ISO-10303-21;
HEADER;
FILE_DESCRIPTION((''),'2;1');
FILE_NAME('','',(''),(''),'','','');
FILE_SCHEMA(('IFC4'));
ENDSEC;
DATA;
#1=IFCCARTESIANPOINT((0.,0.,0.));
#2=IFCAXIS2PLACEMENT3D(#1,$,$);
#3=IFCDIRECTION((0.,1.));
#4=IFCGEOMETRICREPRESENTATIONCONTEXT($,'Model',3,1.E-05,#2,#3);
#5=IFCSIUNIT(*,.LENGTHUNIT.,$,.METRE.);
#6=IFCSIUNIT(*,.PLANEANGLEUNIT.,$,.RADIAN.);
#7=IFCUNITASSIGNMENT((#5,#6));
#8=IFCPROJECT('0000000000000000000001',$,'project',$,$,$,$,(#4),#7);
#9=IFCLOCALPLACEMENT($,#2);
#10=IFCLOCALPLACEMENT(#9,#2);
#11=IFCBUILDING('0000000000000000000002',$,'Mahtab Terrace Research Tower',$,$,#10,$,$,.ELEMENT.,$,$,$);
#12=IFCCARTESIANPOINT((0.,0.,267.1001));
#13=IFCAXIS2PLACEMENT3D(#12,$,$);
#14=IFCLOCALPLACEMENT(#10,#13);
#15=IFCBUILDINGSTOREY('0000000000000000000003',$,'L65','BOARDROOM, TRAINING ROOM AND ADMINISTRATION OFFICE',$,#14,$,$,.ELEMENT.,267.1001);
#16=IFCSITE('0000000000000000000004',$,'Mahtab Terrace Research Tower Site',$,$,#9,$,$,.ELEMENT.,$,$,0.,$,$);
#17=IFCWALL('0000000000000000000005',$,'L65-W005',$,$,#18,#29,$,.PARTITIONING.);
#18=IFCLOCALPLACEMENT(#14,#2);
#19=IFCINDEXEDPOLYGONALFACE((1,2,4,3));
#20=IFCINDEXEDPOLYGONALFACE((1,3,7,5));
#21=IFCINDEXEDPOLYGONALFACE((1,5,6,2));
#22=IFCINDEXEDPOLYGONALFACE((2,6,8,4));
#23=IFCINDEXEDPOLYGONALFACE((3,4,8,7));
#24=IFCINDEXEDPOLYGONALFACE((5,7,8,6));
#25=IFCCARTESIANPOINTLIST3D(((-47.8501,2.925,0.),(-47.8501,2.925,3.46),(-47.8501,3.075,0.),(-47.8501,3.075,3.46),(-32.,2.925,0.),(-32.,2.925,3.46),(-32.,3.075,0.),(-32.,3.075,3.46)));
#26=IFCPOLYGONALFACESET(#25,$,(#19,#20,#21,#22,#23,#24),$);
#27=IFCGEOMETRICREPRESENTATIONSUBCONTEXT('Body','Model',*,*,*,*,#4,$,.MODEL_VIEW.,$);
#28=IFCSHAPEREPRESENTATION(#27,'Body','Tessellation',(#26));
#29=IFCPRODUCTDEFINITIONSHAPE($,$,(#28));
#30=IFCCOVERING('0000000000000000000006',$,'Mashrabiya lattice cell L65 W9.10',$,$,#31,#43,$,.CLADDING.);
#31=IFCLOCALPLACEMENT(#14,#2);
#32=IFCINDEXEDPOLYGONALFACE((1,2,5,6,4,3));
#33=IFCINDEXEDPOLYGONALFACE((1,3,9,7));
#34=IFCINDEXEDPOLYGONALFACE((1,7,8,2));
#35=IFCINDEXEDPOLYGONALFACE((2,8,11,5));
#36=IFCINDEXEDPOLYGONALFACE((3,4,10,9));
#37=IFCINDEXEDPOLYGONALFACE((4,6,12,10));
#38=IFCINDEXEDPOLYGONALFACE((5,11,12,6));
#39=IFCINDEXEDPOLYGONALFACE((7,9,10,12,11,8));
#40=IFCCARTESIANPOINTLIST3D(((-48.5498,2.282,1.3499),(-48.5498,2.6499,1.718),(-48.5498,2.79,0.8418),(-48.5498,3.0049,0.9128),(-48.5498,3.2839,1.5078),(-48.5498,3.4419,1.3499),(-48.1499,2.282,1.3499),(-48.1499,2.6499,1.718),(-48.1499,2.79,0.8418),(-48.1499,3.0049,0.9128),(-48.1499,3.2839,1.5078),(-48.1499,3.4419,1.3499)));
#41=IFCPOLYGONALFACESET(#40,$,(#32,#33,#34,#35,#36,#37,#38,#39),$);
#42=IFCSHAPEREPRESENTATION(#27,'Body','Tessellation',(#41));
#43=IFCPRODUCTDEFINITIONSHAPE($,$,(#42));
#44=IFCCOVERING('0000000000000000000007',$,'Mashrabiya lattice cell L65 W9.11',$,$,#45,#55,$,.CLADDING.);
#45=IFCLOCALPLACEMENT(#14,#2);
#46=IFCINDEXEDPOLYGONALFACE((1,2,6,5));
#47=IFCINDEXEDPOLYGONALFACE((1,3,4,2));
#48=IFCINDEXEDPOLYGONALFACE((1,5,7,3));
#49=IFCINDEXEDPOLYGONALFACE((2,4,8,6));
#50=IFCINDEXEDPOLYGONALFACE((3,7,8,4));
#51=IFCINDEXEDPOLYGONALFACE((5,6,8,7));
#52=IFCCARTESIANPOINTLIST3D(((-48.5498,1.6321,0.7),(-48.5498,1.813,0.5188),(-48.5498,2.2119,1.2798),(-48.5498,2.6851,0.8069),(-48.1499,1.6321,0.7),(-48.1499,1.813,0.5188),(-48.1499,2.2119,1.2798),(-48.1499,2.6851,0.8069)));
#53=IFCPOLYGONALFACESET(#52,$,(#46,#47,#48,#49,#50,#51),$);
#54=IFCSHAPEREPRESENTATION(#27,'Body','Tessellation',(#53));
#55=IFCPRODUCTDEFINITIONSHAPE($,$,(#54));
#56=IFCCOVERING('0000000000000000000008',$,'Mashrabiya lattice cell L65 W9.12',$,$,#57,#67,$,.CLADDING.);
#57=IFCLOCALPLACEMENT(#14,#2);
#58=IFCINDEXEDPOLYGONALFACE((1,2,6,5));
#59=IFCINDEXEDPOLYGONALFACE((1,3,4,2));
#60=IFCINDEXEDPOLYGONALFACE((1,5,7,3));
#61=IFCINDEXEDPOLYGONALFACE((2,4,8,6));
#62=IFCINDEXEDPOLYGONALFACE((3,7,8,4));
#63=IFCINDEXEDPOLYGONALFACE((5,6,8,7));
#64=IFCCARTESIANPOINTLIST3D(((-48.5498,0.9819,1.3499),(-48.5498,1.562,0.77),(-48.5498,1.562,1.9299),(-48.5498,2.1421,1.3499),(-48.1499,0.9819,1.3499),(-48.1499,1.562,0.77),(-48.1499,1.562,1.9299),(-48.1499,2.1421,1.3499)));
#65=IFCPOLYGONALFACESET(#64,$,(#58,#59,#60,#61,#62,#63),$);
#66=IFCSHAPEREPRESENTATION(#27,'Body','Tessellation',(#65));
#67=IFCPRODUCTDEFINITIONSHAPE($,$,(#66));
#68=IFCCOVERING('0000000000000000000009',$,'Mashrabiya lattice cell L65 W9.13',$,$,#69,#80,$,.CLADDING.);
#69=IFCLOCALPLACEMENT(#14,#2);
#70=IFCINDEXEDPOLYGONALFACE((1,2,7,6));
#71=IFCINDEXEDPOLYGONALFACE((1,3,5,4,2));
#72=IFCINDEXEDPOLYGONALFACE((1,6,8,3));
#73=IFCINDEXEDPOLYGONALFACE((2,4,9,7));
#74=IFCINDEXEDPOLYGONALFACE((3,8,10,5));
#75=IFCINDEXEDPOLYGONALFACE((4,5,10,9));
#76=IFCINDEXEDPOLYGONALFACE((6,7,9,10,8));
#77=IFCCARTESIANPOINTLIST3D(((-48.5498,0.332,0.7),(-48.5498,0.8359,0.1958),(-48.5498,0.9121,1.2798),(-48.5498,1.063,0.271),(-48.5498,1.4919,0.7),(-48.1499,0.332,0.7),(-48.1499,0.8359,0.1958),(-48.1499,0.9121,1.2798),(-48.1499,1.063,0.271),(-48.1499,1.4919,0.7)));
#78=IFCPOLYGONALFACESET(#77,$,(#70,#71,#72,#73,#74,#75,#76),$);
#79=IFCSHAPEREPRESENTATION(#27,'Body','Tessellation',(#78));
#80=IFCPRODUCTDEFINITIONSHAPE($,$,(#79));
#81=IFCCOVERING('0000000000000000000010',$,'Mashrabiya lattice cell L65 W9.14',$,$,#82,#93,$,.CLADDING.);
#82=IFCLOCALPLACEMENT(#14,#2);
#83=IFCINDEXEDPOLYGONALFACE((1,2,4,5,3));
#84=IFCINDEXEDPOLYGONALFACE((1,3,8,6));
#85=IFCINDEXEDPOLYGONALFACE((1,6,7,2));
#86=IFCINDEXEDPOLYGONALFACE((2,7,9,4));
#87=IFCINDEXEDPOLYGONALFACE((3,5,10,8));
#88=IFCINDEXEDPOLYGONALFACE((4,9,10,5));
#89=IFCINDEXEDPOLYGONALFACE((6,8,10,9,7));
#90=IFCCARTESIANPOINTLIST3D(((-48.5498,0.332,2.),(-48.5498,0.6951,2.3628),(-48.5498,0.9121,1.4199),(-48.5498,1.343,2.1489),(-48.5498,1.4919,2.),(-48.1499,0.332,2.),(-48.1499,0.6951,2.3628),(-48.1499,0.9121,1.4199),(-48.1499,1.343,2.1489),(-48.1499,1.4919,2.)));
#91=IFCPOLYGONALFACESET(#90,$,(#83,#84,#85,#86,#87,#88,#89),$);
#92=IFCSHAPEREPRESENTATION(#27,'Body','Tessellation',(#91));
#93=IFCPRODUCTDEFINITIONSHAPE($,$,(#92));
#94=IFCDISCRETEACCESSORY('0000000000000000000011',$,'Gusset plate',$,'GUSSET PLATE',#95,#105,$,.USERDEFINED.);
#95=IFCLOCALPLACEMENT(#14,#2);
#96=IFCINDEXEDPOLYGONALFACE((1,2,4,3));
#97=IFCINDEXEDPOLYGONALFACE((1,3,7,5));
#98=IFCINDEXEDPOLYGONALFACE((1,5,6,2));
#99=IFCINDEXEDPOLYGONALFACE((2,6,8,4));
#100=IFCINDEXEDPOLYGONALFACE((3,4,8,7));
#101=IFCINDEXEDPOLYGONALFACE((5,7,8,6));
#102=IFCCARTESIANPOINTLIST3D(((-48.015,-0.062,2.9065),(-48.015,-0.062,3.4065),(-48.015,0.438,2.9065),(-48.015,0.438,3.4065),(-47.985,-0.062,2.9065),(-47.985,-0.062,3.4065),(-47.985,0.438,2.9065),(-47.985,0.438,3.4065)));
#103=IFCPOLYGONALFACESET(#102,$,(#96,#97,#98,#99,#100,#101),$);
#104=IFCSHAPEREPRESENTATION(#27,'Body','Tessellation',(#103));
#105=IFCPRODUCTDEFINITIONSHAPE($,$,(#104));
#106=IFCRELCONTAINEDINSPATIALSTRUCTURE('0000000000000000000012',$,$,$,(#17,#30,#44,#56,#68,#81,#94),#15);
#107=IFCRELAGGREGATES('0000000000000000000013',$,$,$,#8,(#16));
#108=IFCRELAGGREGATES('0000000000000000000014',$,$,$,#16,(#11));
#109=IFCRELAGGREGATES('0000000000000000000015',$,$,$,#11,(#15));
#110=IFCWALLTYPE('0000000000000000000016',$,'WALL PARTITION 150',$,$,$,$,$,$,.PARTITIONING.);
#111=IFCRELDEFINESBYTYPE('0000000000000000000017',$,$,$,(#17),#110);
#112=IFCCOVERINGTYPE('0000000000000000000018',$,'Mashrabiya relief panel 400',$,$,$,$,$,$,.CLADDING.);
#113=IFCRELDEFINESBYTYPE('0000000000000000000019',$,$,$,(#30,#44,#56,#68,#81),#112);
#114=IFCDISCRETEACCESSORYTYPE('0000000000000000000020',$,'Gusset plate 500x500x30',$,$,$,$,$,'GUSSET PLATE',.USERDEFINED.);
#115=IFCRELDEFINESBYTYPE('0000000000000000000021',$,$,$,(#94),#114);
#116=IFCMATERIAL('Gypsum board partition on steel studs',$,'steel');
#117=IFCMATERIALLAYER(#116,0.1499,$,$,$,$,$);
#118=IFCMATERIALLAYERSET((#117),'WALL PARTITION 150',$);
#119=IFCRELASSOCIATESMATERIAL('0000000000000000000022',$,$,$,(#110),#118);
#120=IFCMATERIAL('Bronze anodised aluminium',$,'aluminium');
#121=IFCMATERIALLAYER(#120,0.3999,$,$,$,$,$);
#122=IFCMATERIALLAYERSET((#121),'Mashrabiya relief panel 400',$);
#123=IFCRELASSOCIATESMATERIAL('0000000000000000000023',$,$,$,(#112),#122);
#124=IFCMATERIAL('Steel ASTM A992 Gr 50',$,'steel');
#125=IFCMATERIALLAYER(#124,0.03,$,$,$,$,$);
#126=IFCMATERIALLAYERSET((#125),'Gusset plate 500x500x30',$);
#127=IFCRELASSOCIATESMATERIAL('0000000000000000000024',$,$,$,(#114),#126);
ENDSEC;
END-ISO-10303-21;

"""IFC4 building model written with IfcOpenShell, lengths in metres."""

from ifc_helpers import new_model, si_unit, direction, frame, frame_2d, origin, origin_2d, place, context, subcontext, project, spatial, polyline, rectangle, outline, extrude, material, layer, layer_set, type_object, element, save


model = new_model("IFC4")

# Units and contexts
model_context = context("Model", 3, precision=1e-05, world=origin(), true_north=direction((0.0, 1.0)))
body_context = subcontext(model_context, "Body", "Model", "MODEL_VIEW")
ifc_project = project(units=[si_unit("LENGTHUNIT", "METRE"), si_unit("PLANEANGLEUNIT", "RADIAN")], contexts=[model_context])

# Site, building, storey
site_placement = place(None, origin())
site = spatial("IfcSite", under=ifc_project, at=site_placement, Name="Mahtab Terrace Research Tower Site", CompositionType="ELEMENT", RefElevation=0.0)
building_placement = place(site_placement, origin())
building = spatial("IfcBuilding", under=site, at=building_placement, Name="Mahtab Terrace Research Tower", CompositionType="ELEMENT")
storey_placement = place(building_placement, frame((0.0, 0.0, 267.1001)))
storey = spatial("IfcBuildingStorey", under=building, at=storey_placement, Name="L65", Description="BOARDROOM, TRAINING ROOM AND ADMINISTRATION OFFICE", CompositionType="ELEMENT", Elevation=267.1001)

# Shared definitions
ifc_material_1 = material(Name="Steel ASTM A992 Gr 50", Category="steel")

# Wall
ifc_material_2 = material(Name="Gypsum board partition on steel studs", Category="steel")
ifc_layer_1 = layer(ifc_material_2, 0.1499)
ifc_layer_set_1 = layer_set([ifc_layer_1], Name="WALL PARTITION 150")
wall_type = type_object("IfcWallType", Name="WALL PARTITION 150", PredefinedType="PARTITIONING", material=ifc_layer_set_1)
wall_placement = place(storey_placement, frame((-47.8501, 3.0, 0.0), z_axis=(0.0, 0.0, 1.0), x_axis=(1.0, 0.0, 0.0)))
element("IfcWall", 1, at=wall_placement, inside=storey, type_object=wall_type, Name="L65-W005", PredefinedType="PARTITIONING", context=body_context, shape_type="SweptSolid", body=[
    extrude(rectangle(XDim=15.8501, YDim=0.1499, at=frame_2d((7.925, 0.0))), origin(), (0.0, 0.0, 1.0), 3.46),
])

# Coverings
ifc_material_3 = material(Name="Bronze anodised aluminium", Category="aluminium")
ifc_layer_2 = layer(ifc_material_3, 0.3999)
ifc_layer_set_2 = layer_set([ifc_layer_2], Name="Mashrabiya relief panel 400")
covering_type = type_object("IfcCoveringType", Name="Mashrabiya relief panel 400", PredefinedType="CLADDING", material=ifc_layer_set_2)
covering_1_placement = place(storey_placement, frame((-48.1499, 3.4419, 1.3499), z_axis=(1.0, 0.0, 0.0), x_axis=(0.0, -0.707107, 0.707107)))
element("IfcCovering", 2, at=covering_1_placement, inside=storey, type_object=covering_type, Name="Mashrabiya lattice cell L65 W9.10", PredefinedType="CLADDING", context=body_context, shape_type="SweptSolid", body=[
    extrude(outline(polyline([(0.0, 0.0), (0.2234, 0.0), (0.8204, 0.2997), (0.8202, 0.8202), (0.1017, 0.8202), (0.0, 0.618), (0.0, 0.0)])), origin(), (0.0, 0.0, -1.0), 0.3999),
])
covering_2_placement = place(storey_placement, frame((-48.1499, 2.2119, 1.2798), z_axis=(1.0, 0.0, 0.0), x_axis=(0.0, -0.707107, -0.707107)))
element("IfcCovering", 3, at=covering_2_placement, inside=storey, type_object=covering_type, Name="Mashrabiya lattice cell L65 W9.11", PredefinedType="CLADDING", context=body_context, shape_type="SweptSolid", body=[
    extrude(outline(polyline([(0.0, 0.0), (0.82, 0.0), (0.8202, 0.256), (-0.0002, 0.669), (0.0, 0.0)])), origin(), (0.0, 0.0, -1.0), 0.3999),
])
covering_3_placement = place(storey_placement, frame((-48.1499, 1.562, 1.9299), z_axis=(1.0, 0.0, 0.0), x_axis=(0.0, -0.707107, -0.707107)))
element("IfcCovering", 4, at=covering_3_placement, inside=storey, type_object=covering_type, Name="Mashrabiya lattice cell L65 W9.12", PredefinedType="CLADDING", context=body_context, shape_type="SweptSolid", body=[
    extrude(outline(polyline([(0.0, 0.0), (0.8204, 0.0), (0.8202, 0.8202), (0.0, 0.8204), (0.0, 0.0)])), origin(), (0.0, 0.0, -1.0), 0.3999),
])
covering_4_placement = place(storey_placement, frame((-48.1499, 1.4919, 0.7), z_axis=(1.0, 0.0, 0.0), x_axis=(0.0, -0.707107, 0.707107)))
element("IfcCovering", 5, at=covering_4_placement, inside=storey, type_object=covering_type, Name="Mashrabiya lattice cell L65 W9.13", PredefinedType="CLADDING", context=body_context, shape_type="SweptSolid", body=[
    extrude(outline(polyline([(0.0, 0.0), (0.82, 0.0), (0.8202, 0.8202), (0.1074, 0.8204), (0.0, 0.6066), (0.0, 0.0)])), origin(), (0.0, 0.0, -1.0), 0.3999),
])
covering_5_placement = place(storey_placement, frame((-48.1499, 0.332, 2.0), z_axis=(1.0, 0.0, 0.0), x_axis=(0.0, 0.707107, -0.707107)))
element("IfcCovering", 6, at=covering_5_placement, inside=storey, type_object=covering_type, Name="Mashrabiya lattice cell L65 W9.14", PredefinedType="CLADDING", context=body_context, shape_type="SweptSolid", body=[
    extrude(outline(polyline([(0.0, 0.0), (0.8204, 0.0), (0.8202, 0.8202), (0.6096, 0.8202), (0.0002, 0.5132), (0.0, 0.0)])), origin(), (0.0, 0.0, -1.0), 0.3999),
])

# Discrete accessory
ifc_layer_3 = layer(ifc_material_1, 0.03)
ifc_layer_set_3 = layer_set([ifc_layer_3], Name="Gusset plate 500x500x30")
discrete_accessory_type = type_object("IfcDiscreteAccessoryType", Name="Gusset plate 500x500x30", ElementType="GUSSET PLATE", PredefinedType="USERDEFINED", material=ifc_layer_set_3)
discrete_accessory_placement = place(storey_placement, frame((-48.0, 0.188, 2.9065), z_axis=(0.0, 0.0, 1.0), x_axis=(0.0, 1.0, 0.0)))
element("IfcDiscreteAccessory", 7, at=discrete_accessory_placement, inside=storey, type_object=discrete_accessory_type, Name="Gusset plate", ObjectType="GUSSET PLATE", PredefinedType="USERDEFINED", context=body_context, shape_type="SweptSolid", body=[
    extrude(rectangle(XDim=0.5, YDim=0.03, at=origin_2d()), origin(), (0.0, 0.0, 1.0), 0.5),
])

save(model, "model.ifc")
